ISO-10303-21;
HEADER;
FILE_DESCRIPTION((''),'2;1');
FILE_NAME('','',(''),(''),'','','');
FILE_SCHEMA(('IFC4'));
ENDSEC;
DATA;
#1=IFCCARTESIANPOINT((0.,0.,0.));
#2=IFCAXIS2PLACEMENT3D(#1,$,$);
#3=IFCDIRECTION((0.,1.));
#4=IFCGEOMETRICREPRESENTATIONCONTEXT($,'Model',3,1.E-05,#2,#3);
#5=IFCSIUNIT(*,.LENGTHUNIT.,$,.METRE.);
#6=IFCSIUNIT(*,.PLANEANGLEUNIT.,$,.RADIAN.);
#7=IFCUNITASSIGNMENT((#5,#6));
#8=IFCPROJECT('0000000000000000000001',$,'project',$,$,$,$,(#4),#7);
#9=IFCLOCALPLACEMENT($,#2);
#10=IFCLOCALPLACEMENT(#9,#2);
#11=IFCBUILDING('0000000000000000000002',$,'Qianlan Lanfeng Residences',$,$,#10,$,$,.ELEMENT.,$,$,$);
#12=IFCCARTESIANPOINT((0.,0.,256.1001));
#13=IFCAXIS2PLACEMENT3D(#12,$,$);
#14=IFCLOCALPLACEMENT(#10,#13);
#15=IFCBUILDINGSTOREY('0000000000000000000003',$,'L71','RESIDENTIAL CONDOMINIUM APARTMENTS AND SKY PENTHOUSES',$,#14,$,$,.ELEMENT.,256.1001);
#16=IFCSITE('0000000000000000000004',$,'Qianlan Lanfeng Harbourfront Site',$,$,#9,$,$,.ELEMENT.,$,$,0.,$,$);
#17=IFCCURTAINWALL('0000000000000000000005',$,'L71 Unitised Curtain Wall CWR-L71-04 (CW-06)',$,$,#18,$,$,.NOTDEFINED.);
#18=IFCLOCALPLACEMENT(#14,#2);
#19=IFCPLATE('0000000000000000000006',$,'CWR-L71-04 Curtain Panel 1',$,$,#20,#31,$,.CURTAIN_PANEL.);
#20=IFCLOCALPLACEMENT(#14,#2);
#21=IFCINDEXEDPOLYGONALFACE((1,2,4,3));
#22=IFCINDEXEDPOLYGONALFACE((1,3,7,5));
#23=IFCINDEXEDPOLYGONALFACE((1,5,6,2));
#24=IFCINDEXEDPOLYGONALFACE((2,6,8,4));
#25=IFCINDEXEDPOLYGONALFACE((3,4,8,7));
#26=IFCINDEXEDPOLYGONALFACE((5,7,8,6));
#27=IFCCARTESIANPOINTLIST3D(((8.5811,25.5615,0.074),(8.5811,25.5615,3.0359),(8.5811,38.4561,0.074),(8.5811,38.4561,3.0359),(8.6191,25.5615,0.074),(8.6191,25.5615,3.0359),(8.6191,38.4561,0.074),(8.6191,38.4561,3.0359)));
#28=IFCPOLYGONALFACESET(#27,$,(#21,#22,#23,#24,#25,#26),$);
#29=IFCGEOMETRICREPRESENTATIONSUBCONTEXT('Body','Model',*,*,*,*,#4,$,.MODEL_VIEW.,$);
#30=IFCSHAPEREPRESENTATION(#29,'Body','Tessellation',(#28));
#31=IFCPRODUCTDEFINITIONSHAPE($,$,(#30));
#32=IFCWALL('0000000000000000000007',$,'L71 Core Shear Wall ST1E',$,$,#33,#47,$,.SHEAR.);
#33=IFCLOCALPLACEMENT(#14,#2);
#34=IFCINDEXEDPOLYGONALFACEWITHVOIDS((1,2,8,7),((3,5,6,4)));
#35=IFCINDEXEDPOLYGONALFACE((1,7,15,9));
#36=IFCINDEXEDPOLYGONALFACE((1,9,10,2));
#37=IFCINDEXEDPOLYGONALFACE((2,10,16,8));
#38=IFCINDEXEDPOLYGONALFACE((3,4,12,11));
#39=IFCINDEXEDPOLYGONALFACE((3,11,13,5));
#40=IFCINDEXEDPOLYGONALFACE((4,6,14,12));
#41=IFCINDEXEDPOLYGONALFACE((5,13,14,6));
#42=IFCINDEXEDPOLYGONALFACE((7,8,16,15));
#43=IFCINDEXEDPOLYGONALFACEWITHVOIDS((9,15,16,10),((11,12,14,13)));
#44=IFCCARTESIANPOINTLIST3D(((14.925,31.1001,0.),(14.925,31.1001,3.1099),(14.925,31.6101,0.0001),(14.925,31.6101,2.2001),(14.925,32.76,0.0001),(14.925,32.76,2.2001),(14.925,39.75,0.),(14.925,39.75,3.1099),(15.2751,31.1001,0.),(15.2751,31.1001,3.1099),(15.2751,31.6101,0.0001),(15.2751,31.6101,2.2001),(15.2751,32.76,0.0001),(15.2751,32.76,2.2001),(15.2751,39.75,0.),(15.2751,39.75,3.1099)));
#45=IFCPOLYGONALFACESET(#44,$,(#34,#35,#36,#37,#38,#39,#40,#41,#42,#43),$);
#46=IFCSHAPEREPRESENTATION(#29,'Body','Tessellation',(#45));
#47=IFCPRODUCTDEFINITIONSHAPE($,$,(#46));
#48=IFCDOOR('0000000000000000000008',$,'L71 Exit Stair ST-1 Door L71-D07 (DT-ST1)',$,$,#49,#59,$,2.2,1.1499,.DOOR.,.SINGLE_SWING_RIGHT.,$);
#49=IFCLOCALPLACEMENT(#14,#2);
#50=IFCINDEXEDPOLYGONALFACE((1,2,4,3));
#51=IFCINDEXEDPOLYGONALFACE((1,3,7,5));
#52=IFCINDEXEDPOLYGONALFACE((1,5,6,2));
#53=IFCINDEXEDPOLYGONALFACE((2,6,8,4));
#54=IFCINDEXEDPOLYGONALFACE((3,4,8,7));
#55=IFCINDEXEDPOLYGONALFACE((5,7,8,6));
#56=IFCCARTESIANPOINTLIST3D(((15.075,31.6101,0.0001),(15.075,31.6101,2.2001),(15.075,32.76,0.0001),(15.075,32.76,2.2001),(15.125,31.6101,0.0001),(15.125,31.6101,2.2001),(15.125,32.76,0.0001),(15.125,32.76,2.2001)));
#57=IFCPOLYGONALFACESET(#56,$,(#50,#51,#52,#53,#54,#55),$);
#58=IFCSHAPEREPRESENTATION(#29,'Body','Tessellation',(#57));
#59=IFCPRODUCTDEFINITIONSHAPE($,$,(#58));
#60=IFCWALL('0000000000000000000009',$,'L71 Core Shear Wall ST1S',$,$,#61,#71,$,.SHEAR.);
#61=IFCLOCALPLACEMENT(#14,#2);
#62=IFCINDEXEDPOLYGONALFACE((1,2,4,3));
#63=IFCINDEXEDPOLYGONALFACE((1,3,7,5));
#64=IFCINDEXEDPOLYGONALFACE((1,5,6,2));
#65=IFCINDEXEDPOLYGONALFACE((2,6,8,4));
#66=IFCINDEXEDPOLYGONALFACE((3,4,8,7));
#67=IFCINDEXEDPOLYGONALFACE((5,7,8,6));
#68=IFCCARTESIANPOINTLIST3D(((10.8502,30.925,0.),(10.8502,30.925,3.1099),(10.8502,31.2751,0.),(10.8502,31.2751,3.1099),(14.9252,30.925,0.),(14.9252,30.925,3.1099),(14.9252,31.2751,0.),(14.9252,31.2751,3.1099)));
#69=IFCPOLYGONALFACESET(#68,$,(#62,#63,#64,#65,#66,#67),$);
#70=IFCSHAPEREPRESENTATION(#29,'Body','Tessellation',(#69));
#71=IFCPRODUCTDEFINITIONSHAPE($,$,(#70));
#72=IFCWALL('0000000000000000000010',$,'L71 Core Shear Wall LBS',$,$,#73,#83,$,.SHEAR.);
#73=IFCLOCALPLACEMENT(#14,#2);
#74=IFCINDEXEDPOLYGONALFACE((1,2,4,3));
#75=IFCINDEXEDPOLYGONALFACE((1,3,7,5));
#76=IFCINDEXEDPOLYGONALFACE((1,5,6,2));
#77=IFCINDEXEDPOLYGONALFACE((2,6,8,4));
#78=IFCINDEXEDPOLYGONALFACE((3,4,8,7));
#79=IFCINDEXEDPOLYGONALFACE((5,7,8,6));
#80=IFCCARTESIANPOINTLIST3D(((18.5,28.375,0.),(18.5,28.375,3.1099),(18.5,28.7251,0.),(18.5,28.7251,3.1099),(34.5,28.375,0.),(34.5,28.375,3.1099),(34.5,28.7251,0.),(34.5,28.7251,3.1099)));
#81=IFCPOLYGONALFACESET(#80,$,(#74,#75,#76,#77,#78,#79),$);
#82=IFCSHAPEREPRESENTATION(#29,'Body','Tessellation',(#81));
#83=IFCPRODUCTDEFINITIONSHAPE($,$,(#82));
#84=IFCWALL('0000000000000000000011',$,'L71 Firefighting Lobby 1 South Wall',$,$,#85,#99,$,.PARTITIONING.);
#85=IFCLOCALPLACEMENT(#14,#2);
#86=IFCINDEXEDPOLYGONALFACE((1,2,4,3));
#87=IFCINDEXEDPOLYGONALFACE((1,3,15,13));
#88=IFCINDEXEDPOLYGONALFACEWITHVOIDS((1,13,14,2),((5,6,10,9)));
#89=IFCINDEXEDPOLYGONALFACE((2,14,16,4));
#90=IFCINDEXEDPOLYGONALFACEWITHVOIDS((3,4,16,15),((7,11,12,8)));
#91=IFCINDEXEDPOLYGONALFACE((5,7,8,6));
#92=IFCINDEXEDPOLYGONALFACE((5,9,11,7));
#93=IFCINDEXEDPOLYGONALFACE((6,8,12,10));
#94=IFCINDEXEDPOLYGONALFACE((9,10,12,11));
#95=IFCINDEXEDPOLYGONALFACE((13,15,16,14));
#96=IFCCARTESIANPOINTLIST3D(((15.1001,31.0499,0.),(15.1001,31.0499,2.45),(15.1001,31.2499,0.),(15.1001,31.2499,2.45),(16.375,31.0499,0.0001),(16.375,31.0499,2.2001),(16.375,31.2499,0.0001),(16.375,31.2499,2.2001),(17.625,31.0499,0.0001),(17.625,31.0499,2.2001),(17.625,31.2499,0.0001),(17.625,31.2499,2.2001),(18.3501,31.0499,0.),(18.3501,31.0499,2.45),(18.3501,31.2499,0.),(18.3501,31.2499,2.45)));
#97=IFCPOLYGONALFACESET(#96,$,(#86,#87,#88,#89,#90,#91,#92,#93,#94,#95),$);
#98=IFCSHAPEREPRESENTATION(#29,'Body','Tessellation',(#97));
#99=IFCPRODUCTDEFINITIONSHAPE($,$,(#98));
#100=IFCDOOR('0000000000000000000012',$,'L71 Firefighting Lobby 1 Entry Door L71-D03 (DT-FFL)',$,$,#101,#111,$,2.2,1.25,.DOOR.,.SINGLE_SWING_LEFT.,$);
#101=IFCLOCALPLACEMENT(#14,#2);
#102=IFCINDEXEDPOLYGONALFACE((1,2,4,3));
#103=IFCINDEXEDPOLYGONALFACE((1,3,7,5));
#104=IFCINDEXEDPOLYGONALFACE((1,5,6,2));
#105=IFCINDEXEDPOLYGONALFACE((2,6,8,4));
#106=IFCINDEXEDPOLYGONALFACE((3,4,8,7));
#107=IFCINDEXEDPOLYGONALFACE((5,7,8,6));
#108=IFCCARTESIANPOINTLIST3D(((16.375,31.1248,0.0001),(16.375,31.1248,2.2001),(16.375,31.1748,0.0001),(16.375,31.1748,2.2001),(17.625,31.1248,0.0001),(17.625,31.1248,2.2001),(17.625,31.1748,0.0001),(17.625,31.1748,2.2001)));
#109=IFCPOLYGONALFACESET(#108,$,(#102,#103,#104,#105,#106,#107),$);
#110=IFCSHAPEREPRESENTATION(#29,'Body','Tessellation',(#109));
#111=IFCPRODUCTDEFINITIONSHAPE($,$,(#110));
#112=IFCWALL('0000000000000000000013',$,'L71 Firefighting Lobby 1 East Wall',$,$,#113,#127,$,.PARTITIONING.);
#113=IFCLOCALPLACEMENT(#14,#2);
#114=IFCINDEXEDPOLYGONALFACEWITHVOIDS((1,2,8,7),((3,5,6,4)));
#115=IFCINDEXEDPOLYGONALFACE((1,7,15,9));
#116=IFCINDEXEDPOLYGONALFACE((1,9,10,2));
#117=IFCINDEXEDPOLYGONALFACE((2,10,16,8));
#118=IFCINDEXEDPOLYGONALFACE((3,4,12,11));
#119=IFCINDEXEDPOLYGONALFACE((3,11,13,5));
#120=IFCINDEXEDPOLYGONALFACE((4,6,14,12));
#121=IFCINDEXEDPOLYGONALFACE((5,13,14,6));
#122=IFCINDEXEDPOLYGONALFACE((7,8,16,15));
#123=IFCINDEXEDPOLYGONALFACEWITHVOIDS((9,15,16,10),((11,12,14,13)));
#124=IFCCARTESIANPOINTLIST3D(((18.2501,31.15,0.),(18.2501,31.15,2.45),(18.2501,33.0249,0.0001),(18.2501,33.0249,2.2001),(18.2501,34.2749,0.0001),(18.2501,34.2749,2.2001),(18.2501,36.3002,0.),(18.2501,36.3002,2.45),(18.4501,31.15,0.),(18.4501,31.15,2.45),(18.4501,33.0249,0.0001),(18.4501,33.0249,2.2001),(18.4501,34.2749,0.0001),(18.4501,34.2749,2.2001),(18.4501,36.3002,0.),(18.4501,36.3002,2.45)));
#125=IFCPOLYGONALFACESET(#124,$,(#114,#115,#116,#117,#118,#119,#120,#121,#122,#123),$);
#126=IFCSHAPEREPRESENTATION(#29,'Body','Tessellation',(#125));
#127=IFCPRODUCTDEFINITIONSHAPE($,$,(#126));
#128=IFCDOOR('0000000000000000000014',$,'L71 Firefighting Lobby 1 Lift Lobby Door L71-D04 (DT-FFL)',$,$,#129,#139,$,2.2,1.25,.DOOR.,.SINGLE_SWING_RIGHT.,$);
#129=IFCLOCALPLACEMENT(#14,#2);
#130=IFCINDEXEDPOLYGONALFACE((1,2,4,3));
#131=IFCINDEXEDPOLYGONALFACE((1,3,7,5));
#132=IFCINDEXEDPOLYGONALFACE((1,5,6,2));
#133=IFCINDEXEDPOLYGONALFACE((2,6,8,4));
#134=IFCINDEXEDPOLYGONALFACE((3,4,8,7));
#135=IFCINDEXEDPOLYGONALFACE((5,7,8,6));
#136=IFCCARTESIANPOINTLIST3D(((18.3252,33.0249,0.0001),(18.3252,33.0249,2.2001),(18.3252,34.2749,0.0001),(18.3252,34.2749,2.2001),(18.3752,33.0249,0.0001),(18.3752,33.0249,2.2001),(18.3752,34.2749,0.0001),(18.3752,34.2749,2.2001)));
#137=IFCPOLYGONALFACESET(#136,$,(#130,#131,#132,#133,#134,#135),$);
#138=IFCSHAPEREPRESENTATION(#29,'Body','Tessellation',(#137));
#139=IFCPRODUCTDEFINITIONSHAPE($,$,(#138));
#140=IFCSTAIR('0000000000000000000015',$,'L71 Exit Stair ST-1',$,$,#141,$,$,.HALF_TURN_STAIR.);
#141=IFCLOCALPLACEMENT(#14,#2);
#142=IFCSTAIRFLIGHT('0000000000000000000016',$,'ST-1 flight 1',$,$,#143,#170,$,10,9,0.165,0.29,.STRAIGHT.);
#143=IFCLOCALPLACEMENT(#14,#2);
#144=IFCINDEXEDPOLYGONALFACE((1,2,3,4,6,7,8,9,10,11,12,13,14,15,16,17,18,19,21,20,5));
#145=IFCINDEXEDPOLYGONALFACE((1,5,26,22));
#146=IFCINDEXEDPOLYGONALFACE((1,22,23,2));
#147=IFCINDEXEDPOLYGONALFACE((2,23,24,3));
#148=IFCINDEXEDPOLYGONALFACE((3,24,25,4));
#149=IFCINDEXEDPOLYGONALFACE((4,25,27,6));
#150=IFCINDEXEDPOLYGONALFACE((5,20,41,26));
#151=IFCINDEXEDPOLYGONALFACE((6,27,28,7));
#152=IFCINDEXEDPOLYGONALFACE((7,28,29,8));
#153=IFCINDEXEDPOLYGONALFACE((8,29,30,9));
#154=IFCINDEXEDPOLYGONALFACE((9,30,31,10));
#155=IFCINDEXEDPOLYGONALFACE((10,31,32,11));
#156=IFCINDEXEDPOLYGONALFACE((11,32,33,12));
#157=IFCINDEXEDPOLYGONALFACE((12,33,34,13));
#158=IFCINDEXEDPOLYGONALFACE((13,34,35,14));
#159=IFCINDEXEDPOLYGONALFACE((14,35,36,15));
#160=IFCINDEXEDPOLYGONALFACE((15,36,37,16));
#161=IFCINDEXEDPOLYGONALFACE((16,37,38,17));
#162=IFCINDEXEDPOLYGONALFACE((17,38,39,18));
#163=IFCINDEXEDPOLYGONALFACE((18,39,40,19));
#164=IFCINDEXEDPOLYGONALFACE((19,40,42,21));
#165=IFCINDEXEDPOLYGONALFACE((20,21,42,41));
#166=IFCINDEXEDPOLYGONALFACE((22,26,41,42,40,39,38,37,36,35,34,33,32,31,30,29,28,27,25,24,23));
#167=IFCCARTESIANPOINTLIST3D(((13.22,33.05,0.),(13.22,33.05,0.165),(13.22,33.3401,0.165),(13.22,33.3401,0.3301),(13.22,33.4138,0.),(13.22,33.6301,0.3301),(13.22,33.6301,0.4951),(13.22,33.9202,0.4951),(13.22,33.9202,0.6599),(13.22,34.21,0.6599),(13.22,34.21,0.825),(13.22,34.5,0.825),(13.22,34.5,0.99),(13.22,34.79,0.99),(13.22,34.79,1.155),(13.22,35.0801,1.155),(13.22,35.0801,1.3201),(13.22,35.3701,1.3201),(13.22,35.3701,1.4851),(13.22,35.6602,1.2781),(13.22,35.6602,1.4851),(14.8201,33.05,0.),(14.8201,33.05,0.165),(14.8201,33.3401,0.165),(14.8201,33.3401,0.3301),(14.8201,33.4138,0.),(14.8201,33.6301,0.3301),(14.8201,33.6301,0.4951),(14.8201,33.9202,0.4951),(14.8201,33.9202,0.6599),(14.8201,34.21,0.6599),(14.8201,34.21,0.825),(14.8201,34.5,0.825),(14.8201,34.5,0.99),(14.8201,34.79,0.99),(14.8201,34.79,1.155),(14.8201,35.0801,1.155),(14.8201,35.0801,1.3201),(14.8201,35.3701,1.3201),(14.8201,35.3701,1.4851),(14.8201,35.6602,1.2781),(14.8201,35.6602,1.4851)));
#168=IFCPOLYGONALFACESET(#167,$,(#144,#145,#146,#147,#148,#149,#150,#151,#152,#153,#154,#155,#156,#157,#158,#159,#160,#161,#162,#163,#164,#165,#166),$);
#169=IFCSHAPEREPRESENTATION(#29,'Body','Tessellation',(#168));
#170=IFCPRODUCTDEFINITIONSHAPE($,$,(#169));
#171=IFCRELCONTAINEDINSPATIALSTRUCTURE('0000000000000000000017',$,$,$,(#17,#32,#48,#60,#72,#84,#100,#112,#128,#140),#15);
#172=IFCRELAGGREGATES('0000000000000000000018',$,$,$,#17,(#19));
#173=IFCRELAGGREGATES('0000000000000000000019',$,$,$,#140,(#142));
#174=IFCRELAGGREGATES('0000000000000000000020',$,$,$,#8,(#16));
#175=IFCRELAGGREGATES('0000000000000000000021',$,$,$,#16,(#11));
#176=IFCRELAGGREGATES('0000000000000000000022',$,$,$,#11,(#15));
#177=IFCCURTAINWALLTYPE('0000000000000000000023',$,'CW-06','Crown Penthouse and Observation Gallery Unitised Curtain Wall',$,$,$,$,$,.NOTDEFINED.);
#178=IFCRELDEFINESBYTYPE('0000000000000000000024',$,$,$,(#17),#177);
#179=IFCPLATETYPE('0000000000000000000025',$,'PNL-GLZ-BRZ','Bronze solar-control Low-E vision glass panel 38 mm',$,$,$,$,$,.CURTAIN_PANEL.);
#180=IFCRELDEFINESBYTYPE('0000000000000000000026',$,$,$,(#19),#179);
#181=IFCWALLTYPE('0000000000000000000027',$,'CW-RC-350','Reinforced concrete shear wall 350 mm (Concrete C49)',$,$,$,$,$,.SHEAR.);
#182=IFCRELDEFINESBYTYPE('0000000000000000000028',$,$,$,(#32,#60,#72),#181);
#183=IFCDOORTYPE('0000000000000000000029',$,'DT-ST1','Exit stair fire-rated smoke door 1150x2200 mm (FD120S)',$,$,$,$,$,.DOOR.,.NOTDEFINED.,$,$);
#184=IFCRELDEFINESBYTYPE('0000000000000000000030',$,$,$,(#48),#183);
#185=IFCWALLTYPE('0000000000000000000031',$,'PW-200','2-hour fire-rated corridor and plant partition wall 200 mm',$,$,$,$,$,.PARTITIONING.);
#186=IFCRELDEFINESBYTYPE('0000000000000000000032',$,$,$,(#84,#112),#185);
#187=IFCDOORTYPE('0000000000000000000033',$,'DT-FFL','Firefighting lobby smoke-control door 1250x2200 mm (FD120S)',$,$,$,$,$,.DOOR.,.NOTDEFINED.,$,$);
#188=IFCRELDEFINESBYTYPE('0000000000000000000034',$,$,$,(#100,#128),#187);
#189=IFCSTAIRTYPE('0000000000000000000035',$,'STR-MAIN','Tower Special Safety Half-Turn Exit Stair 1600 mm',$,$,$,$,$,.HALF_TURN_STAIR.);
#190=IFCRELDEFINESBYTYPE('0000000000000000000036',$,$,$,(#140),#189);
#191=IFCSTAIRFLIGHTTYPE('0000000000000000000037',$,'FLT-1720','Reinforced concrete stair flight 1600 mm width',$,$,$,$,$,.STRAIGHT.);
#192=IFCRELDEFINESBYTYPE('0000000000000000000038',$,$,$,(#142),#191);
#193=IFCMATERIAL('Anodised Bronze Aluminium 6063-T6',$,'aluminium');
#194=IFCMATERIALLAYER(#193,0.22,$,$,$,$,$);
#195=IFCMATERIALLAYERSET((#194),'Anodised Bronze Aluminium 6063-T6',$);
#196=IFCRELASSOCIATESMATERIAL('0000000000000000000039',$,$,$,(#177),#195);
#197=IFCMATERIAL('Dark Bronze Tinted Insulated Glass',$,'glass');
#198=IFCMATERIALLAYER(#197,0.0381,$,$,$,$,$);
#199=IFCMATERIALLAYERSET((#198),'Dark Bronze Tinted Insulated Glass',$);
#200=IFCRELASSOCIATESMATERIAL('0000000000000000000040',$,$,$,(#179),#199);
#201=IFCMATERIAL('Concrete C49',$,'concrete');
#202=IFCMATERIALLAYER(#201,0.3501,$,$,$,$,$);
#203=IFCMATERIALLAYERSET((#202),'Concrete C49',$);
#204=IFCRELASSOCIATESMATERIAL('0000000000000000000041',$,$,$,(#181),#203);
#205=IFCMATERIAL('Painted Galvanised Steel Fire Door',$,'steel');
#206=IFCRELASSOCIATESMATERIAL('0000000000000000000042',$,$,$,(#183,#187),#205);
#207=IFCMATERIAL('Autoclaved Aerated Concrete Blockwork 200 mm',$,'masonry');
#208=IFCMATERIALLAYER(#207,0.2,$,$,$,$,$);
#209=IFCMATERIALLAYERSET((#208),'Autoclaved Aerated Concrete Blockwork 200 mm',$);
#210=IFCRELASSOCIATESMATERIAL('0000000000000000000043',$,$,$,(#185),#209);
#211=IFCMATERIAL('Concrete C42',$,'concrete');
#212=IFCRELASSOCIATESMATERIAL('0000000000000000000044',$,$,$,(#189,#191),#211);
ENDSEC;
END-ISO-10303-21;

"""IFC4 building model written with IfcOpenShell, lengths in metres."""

from ifc_helpers import new_model, si_unit, direction, frame, frame_2d, origin, origin_2d, place, context, subcontext, project, spatial, polyline, rectangle, outline, extrude, source, transform, mapped, material, layer, layer_set, type_object, element, fill, aggregate, save


model = new_model("IFC4")

# Units and contexts
model_context = context("Model", 3, precision=1e-05, world=origin(), true_north=direction((0.0, 1.0)))
body_context = subcontext(model_context, "Body", "Model", "MODEL_VIEW")
ifc_project = project(units=[si_unit("LENGTHUNIT", "METRE"), si_unit("PLANEANGLEUNIT", "RADIAN")], contexts=[model_context])

# Site, building, storey
site_placement = place(None, origin())
site = spatial("IfcSite", under=ifc_project, at=site_placement, Name="Qianlan Lanfeng Harbourfront Site", CompositionType="ELEMENT", RefElevation=0.0)
building_placement = place(site_placement, origin())
building = spatial("IfcBuilding", under=site, at=building_placement, Name="Qianlan Lanfeng Residences", CompositionType="ELEMENT")
storey_placement = place(building_placement, frame((0.0, 0.0, 256.1001)))
storey = spatial("IfcBuildingStorey", under=building, at=storey_placement, Name="L71", Description="RESIDENTIAL CONDOMINIUM APARTMENTS AND SKY PENTHOUSES", CompositionType="ELEMENT", Elevation=256.1001)

# Curtain wall, plate
ifc_material_1 = material(Name="Anodised Bronze Aluminium 6063-T6", Category="aluminium")
ifc_layer_1 = layer(ifc_material_1, 0.22)
ifc_layer_set_1 = layer_set([ifc_layer_1], Name="Anodised Bronze Aluminium 6063-T6")
curtain_wall_type = type_object("IfcCurtainWallType", Name="CW-06", Description="Crown Penthouse and Observation Gallery Unitised Curtain Wall", PredefinedType="NOTDEFINED", material=ifc_layer_set_1)
curtain_wall_placement = place(storey_placement, origin())
curtain_wall = element("IfcCurtainWall", 1, at=curtain_wall_placement, inside=storey, type_object=curtain_wall_type, Name="L71 Unitised Curtain Wall CWR-L71-04 (CW-06)", PredefinedType="NOTDEFINED")
ifc_material_2 = material(Name="Dark Bronze Tinted Insulated Glass", Category="glass")
ifc_layer_2 = layer(ifc_material_2, 0.0381)
ifc_layer_set_2 = layer_set([ifc_layer_2], Name="Dark Bronze Tinted Insulated Glass")
plate_type = type_object("IfcPlateType", Name="PNL-GLZ-BRZ", Description="Bronze solar-control Low-E vision glass panel 38 mm", PredefinedType="CURTAIN_PANEL", material=ifc_layer_set_2)
shared_shape_1 = source(origin(), body_context, "Body", "SweptSolid", [
    extrude(rectangle(XDim=12.8945, YDim=0.0381, at=origin_2d()), origin(), (0.0, 0.0, 1.0), 2.9619),
])
plate_placement = place(storey_placement, frame((8.6001, 32.0088, 0.074), z_axis=(0.0, 0.0, 1.0), x_axis=(0.0, -1.0, 0.0)))
plate = element("IfcPlate", 2, at=plate_placement, type_object=plate_type, Name="CWR-L71-04 Curtain Panel 1", PredefinedType="CURTAIN_PANEL", context=body_context, shape_type="MappedRepresentation", body=[
    mapped(shared_shape_1, transform((0.0, 0.0, 0.0), scale=1.0)),
])
aggregate(curtain_wall, [plate])

# Wall, opening, door
ifc_material_3 = material(Name="Concrete C49", Category="concrete")
ifc_layer_3 = layer(ifc_material_3, 0.3501)
ifc_layer_set_3 = layer_set([ifc_layer_3], Name="Concrete C49")
wall_type_1 = type_object("IfcWallType", Name="CW-RC-350", Description="Reinforced concrete shear wall 350 mm (Concrete C49)", PredefinedType="SHEAR", material=ifc_layer_set_3)
wall_1_placement = place(storey_placement, frame((15.1001, 31.1001, 0.0), z_axis=(0.0, 0.0, 1.0), x_axis=(0.0, 1.0, 0.0)))
wall_1 = element("IfcWall", 3, at=wall_1_placement, inside=storey, type_object=wall_type_1, Name="L71 Core Shear Wall ST1E", PredefinedType="SHEAR", context=body_context, shape_type="SweptSolid", body=[
    extrude(rectangle(XDim=8.6499, YDim=0.3501, at=frame_2d((4.325, 0.0))), origin(), (0.0, 0.0, 1.0), 3.1099),
])
opening_1_placement = place(wall_1_placement, frame((0.51, 0.0, 0.0)))
opening_1 = element("IfcOpeningElement", 4, at=opening_1_placement, cuts=wall_1, PredefinedType="OPENING", context=body_context, shape_type="SweptSolid", body=[
    extrude(rectangle(XDim=1.1499, YDim=2.2, at=frame_2d((0.575, 1.1001))), frame((0.0, 0.1851, 0.0), z_axis=(0.0, -1.0, 0.0), x_axis=(1.0, 0.0, 0.0)), (0.0, 0.0, 1.0), 0.3701),
])
ifc_material_4 = material(Name="Painted Galvanised Steel Fire Door", Category="steel")
door_type_1 = type_object("IfcDoorType", Name="DT-ST1", Description="Exit stair fire-rated smoke door 1150x2200 mm (FD120S)", OperationType="NOTDEFINED", PredefinedType="DOOR", material=ifc_material_4)
door_1_placement = place(opening_1_placement, frame((1.1499, 0.0, 0.0), z_axis=(0.0, 0.0, 1.0), x_axis=(-1.0, 0.0, 0.0)))
door_1 = element("IfcDoor", 5, at=door_1_placement, inside=storey, type_object=door_type_1, Name="L71 Exit Stair ST-1 Door L71-D07 (DT-ST1)", OperationType="SINGLE_SWING_RIGHT", OverallHeight=2.2, OverallWidth=1.1499, PredefinedType="DOOR", context=body_context, shape_type="SweptSolid", body=[
    extrude(rectangle(XDim=1.1499, YDim=2.2, at=frame_2d((0.575, 1.1001))), frame((0.0, 0.0249, 0.0), z_axis=(0.0, -1.0, 0.0), x_axis=(1.0, 0.0, 0.0)), (0.0, 0.0, 1.0), 0.05),
])
fill(opening_1, door_1)

# Walls
wall_2_placement = place(storey_placement, frame((10.8501, 31.1001, 0.0), z_axis=(0.0, 0.0, 1.0), x_axis=(1.0, 0.0, 0.0)))
element("IfcWall", 6, at=wall_2_placement, inside=storey, type_object=wall_type_1, Name="L71 Core Shear Wall ST1S", PredefinedType="SHEAR", context=body_context, shape_type="SweptSolid", body=[
    extrude(rectangle(XDim=4.075, YDim=0.3501, at=frame_2d((2.0376, 0.0))), origin(), (0.0, 0.0, 1.0), 3.1099),
])
wall_3_placement = place(storey_placement, frame((18.5, 28.55, 0.0), z_axis=(0.0, 0.0, 1.0), x_axis=(1.0, 0.0, 0.0)))
element("IfcWall", 7, at=wall_3_placement, inside=storey, type_object=wall_type_1, Name="L71 Core Shear Wall LBS", PredefinedType="SHEAR", context=body_context, shape_type="SweptSolid", body=[
    extrude(rectangle(XDim=16.0, YDim=0.3501, at=frame_2d((8.0, 0.0))), origin(), (0.0, 0.0, 1.0), 3.1099),
])

# Walls, openings, doors
ifc_material_5 = material(Name="Autoclaved Aerated Concrete Blockwork 200 mm", Category="masonry")
ifc_layer_4 = layer(ifc_material_5, 0.2)
ifc_layer_set_4 = layer_set([ifc_layer_4], Name="Autoclaved Aerated Concrete Blockwork 200 mm")
wall_type_2 = type_object("IfcWallType", Name="PW-200", Description="2-hour fire-rated corridor and plant partition wall 200 mm", PredefinedType="PARTITIONING", material=ifc_layer_set_4)
wall_4_placement = place(storey_placement, frame((15.1001, 31.1499, 0.0), z_axis=(0.0, 0.0, 1.0), x_axis=(1.0, 0.0, 0.0)))
wall_4 = element("IfcWall", 8, at=wall_4_placement, inside=storey, type_object=wall_type_2, Name="L71 Firefighting Lobby 1 South Wall", PredefinedType="PARTITIONING", context=body_context, shape_type="SweptSolid", body=[
    extrude(rectangle(XDim=3.25, YDim=0.2, at=frame_2d((1.625, 0.0))), origin(), (0.0, 0.0, 1.0), 2.45),
])
opening_2_placement = place(wall_4_placement, frame((1.2749, 0.0, 0.0)))
opening_2 = element("IfcOpeningElement", 9, at=opening_2_placement, cuts=wall_4, PredefinedType="OPENING", context=body_context, shape_type="SweptSolid", body=[
    extrude(rectangle(XDim=1.25, YDim=2.2, at=frame_2d((0.625, 1.1001))), frame((0.0, 0.1099, 0.0), z_axis=(0.0, -1.0, 0.0), x_axis=(1.0, 0.0, 0.0)), (0.0, 0.0, 1.0), 0.22),
])
door_type_2 = type_object("IfcDoorType", Name="DT-FFL", Description="Firefighting lobby smoke-control door 1250x2200 mm (FD120S)", OperationType="NOTDEFINED", PredefinedType="DOOR", material=ifc_material_4)
door_2_placement = place(opening_2_placement, origin())
door_2 = element("IfcDoor", 10, at=door_2_placement, inside=storey, type_object=door_type_2, Name="L71 Firefighting Lobby 1 Entry Door L71-D03 (DT-FFL)", OperationType="SINGLE_SWING_LEFT", OverallHeight=2.2, OverallWidth=1.25, PredefinedType="DOOR", context=body_context, shape_type="SweptSolid", body=[
    extrude(rectangle(XDim=1.25, YDim=2.2, at=frame_2d((0.625, 1.1001))), frame((0.0, 0.0249, 0.0), z_axis=(0.0, -1.0, 0.0), x_axis=(1.0, 0.0, 0.0)), (0.0, 0.0, 1.0), 0.05),
])
fill(opening_2, door_2)
wall_5_placement = place(storey_placement, frame((18.3501, 31.1499, 0.0), z_axis=(0.0, 0.0, 1.0), x_axis=(0.0, 1.0, 0.0)))
wall_5 = element("IfcWall", 11, at=wall_5_placement, inside=storey, type_object=wall_type_2, Name="L71 Firefighting Lobby 1 East Wall", PredefinedType="PARTITIONING", context=body_context, shape_type="SweptSolid", body=[
    extrude(rectangle(XDim=5.1501, YDim=0.2, at=frame_2d((2.5752, 0.0))), origin(), (0.0, 0.0, 1.0), 2.45),
])
opening_3_placement = place(wall_5_placement, frame((1.875, 0.0, 0.0)))
opening_3 = element("IfcOpeningElement", 12, at=opening_3_placement, cuts=wall_5, PredefinedType="OPENING", context=body_context, shape_type="SweptSolid", body=[
    extrude(rectangle(XDim=1.25, YDim=2.2, at=frame_2d((0.625, 1.1001))), frame((0.0, 0.1099, 0.0), z_axis=(0.0, -1.0, 0.0), x_axis=(1.0, 0.0, 0.0)), (0.0, 0.0, 1.0), 0.22),
])
door_3_placement = place(opening_3_placement, origin())
door_3 = element("IfcDoor", 13, at=door_3_placement, inside=storey, type_object=door_type_2, Name="L71 Firefighting Lobby 1 Lift Lobby Door L71-D04 (DT-FFL)", OperationType="SINGLE_SWING_RIGHT", OverallHeight=2.2, OverallWidth=1.25, PredefinedType="DOOR", context=body_context, shape_type="SweptSolid", body=[
    extrude(rectangle(XDim=1.25, YDim=2.2, at=frame_2d((0.625, 1.1001))), frame((0.0, 0.0249, 0.0), z_axis=(0.0, -1.0, 0.0), x_axis=(1.0, 0.0, 0.0)), (0.0, 0.0, 1.0), 0.05),
])
fill(opening_3, door_3)

# Stair, stair flight
ifc_material_6 = material(Name="Concrete C42", Category="concrete")
stair_type = type_object("IfcStairType", Name="STR-MAIN", Description="Tower Special Safety Half-Turn Exit Stair 1600 mm", PredefinedType="HALF_TURN_STAIR", material=ifc_material_6)
stair_placement = place(storey_placement, origin())
stair = element("IfcStair", 14, at=stair_placement, inside=storey, type_object=stair_type, Name="L71 Exit Stair ST-1", PredefinedType="HALF_TURN_STAIR")
stair_flight_type = type_object("IfcStairFlightType", Name="FLT-1720", Description="Reinforced concrete stair flight 1600 mm width", PredefinedType="STRAIGHT", material=ifc_material_6)
stair_flight_placement = place(storey_placement, frame((14.02, 33.05, 0.0), z_axis=(0.0, 0.0, 1.0), x_axis=(0.0, 1.0, 0.0)))
stair_flight = element("IfcStairFlight", 15, at=stair_flight_placement, type_object=stair_flight_type, Name="ST-1 flight 1", NumberOfRisers=10, NumberOfTreads=9, PredefinedType="STRAIGHT", RiserHeight=0.165, TreadLength=0.29, context=body_context, shape_type="SweptSolid", body=[
    extrude(outline(polyline([(0.0, 0.0), (0.0, 0.165), (0.29, 0.165), (0.29, 0.3301), (0.5801, 0.3301), (0.5801, 0.4951), (0.8701, 0.4951), (0.8701, 0.6599), (1.1599, 0.6599), (1.1599, 0.825), (1.45, 0.825), (1.45, 0.99), (1.74, 0.99), (1.74, 1.155), (2.03, 1.155), (2.03, 1.3201), (2.3201, 1.3201), (2.3201, 1.4851), (2.6101, 1.4851), (2.6101, 1.6499), (2.6101, 1.2781), (0.3638, 0.0), (0.0, 0.0)])), frame((0.0, 0.8, 0.0), z_axis=(0.0, -1.0, 0.0), x_axis=(1.0, 0.0, 0.0)), (0.0, 0.0, 1.0), 1.6001),
])
aggregate(stair, [stair_flight])

save(model, "model.ifc")
